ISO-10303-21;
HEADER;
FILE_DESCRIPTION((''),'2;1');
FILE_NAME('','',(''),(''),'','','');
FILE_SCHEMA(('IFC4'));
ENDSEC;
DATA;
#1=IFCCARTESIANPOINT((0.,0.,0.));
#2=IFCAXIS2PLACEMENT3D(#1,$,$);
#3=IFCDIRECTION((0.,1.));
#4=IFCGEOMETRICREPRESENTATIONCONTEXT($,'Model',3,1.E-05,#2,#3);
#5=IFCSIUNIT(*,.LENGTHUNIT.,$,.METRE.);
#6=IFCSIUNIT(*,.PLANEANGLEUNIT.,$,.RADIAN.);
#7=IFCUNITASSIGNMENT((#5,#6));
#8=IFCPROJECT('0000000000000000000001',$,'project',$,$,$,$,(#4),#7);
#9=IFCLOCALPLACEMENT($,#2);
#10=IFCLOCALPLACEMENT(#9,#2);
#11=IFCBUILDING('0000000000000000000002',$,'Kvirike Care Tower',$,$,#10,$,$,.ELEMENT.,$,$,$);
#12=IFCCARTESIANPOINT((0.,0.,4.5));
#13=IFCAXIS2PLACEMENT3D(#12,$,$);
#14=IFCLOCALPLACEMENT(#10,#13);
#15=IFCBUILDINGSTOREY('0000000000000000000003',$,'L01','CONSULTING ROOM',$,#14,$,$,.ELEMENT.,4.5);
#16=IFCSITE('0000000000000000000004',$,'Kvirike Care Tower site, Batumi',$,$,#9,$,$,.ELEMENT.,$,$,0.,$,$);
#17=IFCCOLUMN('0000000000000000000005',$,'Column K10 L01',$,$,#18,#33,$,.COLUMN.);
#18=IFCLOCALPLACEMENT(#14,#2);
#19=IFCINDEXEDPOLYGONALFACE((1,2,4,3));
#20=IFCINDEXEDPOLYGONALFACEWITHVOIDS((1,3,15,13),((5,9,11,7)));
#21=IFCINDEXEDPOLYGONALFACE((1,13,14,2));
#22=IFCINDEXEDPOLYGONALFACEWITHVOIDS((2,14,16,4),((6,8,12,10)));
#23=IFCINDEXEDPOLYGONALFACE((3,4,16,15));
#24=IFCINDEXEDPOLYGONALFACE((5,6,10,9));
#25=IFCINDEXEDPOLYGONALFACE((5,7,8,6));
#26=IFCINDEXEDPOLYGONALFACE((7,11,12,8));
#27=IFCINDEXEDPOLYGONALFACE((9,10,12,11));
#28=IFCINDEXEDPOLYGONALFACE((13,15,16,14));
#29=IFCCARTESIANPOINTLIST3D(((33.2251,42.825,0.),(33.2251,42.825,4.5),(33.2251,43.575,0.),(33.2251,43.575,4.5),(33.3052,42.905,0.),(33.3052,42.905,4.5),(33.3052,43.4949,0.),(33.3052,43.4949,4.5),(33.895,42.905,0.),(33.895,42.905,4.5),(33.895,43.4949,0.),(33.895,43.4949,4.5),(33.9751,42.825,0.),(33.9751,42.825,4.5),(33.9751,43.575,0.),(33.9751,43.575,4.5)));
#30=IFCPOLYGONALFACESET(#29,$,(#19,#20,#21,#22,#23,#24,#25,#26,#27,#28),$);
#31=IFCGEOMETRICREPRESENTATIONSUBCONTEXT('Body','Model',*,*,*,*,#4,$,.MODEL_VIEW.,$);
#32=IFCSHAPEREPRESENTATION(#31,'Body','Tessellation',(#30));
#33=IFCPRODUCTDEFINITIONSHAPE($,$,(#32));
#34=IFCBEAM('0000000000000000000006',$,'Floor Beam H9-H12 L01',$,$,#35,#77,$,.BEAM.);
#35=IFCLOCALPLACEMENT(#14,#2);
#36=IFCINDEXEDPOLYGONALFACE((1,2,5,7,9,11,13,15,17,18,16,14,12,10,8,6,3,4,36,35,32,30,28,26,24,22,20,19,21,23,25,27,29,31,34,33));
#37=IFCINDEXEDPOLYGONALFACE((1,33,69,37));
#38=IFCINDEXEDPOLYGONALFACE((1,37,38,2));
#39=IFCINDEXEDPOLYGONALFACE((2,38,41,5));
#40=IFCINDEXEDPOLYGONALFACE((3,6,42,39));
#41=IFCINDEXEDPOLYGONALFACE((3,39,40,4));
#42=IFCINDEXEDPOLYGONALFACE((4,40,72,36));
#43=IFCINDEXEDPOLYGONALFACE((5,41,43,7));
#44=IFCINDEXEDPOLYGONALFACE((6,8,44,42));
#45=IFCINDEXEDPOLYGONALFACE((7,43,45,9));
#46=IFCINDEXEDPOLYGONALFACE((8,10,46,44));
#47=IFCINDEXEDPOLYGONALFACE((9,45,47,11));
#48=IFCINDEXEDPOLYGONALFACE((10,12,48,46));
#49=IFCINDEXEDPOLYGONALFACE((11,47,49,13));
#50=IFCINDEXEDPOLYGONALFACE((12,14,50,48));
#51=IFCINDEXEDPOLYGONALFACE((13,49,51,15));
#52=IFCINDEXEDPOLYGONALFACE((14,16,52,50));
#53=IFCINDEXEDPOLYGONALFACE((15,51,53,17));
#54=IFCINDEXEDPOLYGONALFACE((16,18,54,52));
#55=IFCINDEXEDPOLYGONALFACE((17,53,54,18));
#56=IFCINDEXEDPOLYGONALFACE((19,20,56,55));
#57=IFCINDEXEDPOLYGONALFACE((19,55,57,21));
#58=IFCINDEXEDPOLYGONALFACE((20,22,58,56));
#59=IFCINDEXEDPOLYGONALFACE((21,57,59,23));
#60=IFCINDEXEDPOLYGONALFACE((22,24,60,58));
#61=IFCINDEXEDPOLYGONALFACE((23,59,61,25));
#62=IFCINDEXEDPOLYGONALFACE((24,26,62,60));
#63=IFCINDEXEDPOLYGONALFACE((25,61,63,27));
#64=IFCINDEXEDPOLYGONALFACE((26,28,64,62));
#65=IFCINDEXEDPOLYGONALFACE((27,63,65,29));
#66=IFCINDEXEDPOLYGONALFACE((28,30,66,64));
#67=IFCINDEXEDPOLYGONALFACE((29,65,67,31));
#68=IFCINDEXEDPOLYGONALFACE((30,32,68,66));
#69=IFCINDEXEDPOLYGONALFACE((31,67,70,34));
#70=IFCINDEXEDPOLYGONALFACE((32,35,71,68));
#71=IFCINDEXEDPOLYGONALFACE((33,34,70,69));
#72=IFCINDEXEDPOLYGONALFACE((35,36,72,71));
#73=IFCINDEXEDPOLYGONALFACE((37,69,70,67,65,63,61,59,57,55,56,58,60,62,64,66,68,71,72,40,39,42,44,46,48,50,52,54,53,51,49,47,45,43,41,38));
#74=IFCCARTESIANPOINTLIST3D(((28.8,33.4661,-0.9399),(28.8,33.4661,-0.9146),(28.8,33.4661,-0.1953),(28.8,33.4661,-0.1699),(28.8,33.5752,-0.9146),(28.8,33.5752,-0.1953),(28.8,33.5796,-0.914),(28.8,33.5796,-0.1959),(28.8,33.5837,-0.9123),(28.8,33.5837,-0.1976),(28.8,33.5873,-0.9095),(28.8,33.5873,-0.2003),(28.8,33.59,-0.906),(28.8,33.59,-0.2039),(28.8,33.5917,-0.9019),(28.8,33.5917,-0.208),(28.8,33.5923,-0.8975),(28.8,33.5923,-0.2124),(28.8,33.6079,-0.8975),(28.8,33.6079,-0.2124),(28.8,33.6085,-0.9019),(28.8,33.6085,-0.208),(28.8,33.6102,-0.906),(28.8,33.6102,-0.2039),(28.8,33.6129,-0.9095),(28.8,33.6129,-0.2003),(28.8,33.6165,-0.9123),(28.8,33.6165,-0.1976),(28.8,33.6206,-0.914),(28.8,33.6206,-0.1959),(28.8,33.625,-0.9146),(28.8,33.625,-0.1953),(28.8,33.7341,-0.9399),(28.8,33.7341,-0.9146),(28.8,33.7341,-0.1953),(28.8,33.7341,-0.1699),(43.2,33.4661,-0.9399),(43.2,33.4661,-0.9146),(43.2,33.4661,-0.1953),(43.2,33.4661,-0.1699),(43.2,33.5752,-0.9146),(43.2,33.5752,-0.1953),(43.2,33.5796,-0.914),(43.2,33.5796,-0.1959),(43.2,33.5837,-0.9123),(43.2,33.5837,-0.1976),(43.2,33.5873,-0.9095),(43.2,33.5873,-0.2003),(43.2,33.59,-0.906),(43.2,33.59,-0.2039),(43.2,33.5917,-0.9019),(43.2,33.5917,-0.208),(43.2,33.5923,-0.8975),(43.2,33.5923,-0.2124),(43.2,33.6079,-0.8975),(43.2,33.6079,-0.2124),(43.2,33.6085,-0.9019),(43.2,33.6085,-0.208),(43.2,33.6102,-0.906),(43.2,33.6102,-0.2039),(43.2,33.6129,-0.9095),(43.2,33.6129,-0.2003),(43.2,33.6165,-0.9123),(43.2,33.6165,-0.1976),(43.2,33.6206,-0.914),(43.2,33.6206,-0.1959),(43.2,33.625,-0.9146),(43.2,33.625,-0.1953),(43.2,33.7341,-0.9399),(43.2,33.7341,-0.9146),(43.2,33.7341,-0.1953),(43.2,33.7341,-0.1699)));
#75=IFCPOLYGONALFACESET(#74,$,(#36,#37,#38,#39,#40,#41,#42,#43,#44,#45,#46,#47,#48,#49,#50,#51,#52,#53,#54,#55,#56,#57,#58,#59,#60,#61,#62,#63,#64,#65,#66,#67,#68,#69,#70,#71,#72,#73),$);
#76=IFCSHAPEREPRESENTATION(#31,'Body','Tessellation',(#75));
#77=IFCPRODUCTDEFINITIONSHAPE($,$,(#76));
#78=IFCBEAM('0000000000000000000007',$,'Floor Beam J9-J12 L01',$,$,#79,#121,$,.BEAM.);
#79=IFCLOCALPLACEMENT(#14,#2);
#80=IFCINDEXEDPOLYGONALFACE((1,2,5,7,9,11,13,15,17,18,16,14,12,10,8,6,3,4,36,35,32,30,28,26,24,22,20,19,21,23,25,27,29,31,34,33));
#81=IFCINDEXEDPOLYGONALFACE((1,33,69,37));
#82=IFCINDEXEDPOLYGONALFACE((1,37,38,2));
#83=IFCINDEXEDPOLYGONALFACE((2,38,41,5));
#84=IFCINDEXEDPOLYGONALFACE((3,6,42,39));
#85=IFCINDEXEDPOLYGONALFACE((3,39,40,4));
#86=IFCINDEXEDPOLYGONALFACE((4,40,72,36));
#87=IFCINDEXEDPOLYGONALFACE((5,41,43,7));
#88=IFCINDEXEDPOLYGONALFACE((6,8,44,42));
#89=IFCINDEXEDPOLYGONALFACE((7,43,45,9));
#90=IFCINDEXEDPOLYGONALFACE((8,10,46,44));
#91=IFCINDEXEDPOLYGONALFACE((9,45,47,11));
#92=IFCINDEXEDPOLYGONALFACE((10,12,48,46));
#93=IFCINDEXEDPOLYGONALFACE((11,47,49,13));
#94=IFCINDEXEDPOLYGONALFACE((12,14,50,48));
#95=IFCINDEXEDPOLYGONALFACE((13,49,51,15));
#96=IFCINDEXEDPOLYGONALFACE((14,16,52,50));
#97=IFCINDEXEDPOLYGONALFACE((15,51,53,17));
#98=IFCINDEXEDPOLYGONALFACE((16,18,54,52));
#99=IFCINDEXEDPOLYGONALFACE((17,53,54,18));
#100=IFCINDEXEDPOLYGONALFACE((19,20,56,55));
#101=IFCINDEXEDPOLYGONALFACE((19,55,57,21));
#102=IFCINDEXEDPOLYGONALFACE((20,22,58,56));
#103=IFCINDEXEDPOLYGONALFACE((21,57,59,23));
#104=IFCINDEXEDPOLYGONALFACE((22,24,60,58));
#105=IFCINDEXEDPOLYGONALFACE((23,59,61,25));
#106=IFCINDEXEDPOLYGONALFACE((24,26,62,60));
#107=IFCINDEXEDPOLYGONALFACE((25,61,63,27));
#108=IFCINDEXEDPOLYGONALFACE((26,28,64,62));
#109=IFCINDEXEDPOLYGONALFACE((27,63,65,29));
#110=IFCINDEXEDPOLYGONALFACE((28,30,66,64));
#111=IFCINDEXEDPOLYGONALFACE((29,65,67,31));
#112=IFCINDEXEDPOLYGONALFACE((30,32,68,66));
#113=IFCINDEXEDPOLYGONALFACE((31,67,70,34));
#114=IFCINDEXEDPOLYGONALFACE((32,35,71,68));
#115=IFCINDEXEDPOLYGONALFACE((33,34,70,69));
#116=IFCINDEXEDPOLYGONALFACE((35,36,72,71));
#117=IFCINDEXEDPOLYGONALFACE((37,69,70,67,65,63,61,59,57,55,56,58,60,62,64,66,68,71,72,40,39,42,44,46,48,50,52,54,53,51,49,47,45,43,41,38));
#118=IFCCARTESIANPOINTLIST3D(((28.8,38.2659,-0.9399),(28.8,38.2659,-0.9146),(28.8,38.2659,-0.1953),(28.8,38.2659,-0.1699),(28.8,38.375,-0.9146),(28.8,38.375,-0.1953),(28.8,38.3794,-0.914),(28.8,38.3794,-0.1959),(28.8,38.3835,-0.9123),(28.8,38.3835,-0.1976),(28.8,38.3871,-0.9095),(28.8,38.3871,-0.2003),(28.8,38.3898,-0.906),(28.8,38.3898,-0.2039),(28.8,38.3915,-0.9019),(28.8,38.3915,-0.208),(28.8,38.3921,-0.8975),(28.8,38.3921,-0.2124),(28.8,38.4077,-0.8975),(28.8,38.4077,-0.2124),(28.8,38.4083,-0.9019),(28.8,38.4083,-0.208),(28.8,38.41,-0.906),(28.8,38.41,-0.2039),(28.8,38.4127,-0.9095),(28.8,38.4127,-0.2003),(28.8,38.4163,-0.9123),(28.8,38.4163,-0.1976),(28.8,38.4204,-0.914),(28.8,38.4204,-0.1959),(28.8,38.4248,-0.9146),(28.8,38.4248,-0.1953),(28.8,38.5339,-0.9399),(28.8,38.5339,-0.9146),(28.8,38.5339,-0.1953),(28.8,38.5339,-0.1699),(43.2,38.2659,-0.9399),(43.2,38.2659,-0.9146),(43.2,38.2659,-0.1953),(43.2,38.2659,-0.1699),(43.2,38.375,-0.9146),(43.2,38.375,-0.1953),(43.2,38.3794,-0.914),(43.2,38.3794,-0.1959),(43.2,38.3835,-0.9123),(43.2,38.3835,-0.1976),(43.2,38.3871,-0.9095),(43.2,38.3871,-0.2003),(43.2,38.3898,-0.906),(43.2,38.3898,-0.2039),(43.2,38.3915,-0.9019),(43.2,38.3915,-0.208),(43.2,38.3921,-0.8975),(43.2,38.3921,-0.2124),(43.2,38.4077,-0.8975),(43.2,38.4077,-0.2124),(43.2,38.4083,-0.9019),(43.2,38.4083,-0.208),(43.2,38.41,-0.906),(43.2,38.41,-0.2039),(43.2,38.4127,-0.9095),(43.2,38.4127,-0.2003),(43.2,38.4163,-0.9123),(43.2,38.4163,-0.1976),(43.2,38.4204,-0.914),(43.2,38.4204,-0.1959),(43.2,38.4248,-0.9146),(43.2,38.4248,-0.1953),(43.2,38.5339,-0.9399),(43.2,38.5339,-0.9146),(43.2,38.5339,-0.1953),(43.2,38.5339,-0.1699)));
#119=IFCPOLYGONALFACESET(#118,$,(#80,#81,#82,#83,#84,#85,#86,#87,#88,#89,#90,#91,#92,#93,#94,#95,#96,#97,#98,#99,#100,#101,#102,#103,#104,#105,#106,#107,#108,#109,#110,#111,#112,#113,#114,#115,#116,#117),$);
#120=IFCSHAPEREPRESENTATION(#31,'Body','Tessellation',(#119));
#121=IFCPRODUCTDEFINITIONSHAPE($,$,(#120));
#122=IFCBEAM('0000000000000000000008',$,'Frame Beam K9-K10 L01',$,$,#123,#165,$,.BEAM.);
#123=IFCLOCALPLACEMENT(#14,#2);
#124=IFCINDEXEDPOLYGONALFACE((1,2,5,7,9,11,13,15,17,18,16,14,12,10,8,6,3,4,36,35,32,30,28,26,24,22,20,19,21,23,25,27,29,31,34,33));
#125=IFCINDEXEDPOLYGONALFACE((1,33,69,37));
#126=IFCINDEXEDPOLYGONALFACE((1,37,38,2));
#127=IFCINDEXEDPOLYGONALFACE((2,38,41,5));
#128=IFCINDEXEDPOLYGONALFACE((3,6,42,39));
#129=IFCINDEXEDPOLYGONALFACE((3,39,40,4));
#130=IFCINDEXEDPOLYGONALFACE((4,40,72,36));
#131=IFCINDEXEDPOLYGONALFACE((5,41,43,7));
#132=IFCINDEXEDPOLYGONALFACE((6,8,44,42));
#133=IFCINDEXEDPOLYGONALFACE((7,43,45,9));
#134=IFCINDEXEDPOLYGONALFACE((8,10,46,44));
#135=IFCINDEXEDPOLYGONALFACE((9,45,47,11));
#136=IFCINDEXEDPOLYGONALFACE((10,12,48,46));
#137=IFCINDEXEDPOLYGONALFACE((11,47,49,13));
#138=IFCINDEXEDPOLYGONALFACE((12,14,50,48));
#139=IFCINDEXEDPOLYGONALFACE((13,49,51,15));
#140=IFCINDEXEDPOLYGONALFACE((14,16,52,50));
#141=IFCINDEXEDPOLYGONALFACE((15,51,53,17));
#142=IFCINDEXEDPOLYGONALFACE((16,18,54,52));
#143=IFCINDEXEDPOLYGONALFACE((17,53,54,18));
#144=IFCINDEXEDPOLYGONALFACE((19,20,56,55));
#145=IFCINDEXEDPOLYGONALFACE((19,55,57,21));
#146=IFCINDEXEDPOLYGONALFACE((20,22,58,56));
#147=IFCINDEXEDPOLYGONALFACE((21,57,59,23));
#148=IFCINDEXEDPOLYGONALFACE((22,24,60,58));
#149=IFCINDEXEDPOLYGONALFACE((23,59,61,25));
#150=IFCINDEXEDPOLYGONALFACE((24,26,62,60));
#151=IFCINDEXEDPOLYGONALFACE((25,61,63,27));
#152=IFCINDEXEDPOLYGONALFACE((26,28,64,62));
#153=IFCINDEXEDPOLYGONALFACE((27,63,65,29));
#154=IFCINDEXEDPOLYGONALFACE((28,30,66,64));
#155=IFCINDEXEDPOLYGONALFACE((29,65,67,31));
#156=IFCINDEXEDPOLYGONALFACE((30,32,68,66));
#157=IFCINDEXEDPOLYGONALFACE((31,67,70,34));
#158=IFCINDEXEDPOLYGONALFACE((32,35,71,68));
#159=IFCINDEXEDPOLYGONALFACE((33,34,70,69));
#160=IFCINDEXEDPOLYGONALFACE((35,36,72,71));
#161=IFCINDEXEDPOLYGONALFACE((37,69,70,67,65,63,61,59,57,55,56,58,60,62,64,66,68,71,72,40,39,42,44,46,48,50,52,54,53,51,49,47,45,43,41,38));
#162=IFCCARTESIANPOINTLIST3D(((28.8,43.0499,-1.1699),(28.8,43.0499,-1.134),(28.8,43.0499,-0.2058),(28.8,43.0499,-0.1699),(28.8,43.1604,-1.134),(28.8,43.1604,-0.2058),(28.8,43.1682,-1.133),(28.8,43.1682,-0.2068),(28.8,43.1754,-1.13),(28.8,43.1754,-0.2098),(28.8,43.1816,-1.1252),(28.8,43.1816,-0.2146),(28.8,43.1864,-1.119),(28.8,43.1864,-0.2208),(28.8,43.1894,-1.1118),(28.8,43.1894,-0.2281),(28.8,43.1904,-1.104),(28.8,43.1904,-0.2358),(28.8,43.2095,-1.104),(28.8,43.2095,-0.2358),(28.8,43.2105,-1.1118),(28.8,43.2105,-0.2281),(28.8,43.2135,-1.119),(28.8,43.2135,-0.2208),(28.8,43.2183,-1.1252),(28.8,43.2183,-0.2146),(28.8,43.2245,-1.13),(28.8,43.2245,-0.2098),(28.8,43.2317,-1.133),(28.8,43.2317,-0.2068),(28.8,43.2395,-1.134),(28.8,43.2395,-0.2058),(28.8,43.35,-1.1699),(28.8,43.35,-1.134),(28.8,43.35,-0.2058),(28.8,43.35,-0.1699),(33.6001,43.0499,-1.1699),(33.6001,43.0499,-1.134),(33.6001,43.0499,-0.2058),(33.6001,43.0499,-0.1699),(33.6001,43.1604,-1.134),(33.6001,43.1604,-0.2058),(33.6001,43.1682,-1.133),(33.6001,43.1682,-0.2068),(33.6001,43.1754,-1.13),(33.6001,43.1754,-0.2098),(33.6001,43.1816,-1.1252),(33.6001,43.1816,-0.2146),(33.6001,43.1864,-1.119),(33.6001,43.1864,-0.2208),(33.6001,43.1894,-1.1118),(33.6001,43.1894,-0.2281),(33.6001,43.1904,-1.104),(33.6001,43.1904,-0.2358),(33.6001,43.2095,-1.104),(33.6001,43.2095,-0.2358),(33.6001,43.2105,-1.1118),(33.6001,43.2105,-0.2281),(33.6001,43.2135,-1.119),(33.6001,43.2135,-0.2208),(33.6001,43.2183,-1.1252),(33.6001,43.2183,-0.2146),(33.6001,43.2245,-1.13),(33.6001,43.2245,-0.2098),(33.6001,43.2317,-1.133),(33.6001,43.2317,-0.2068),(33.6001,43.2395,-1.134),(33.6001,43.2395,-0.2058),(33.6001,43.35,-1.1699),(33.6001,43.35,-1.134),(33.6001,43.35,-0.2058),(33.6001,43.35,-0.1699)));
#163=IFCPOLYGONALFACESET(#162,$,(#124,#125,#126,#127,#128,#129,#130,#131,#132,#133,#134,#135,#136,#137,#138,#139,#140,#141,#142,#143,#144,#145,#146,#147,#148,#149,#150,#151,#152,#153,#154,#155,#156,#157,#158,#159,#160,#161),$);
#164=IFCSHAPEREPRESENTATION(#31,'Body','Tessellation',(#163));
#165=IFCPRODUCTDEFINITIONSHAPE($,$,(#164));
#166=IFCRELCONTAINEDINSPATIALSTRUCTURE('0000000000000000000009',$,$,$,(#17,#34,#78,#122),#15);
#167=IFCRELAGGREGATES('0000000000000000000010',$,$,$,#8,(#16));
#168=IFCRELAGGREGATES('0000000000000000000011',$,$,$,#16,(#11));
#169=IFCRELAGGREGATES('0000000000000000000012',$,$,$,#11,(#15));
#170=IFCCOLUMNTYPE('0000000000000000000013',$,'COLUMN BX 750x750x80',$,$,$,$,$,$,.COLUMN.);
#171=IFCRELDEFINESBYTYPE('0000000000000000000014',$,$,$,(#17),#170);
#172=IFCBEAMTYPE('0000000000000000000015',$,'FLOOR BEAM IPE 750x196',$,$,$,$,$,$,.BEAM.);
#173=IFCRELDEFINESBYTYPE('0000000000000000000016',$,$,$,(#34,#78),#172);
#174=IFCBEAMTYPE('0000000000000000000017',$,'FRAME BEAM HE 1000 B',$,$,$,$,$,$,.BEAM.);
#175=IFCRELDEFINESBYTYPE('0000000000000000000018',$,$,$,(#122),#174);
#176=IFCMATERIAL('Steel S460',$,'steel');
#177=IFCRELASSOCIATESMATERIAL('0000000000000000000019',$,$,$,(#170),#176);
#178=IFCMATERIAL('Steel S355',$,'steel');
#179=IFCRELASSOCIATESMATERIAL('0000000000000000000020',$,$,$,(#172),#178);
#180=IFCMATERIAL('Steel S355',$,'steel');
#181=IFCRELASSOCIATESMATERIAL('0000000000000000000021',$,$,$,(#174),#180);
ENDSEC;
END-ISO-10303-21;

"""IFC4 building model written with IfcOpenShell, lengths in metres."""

from ifc_helpers import new_model, si_unit, direction, frame, origin, origin_2d, place, context, subcontext, project, spatial, hollow_rectangle, i_section, extrude, material, material_profile, profile_set, type_object, element, save


model = new_model("IFC4")

# Units and contexts
model_context = context("Model", 3, precision=1e-05, world=origin(), true_north=direction((0.0, 1.0)))
body_context = subcontext(model_context, "Body", "Model", "MODEL_VIEW")
ifc_project = project(units=[si_unit("LENGTHUNIT", "METRE"), si_unit("PLANEANGLEUNIT", "RADIAN")], contexts=[model_context])

# Site, building, storey
site_placement = place(None, origin())
site = spatial("IfcSite", under=ifc_project, at=site_placement, Name="Kvirike Care Tower site, Batumi", CompositionType="ELEMENT", RefElevation=0.0)
building_placement = place(site_placement, origin())
building = spatial("IfcBuilding", under=site, at=building_placement, Name="Kvirike Care Tower", CompositionType="ELEMENT")
storey_placement = place(building_placement, frame((0.0, 0.0, 4.5)))
storey = spatial("IfcBuildingStorey", under=building, at=storey_placement, Name="L01", Description="CONSULTING ROOM", CompositionType="ELEMENT", Elevation=4.5)

# Column
ifc_material_1 = material(Name="Steel S460", Category="steel")
ifc_material_profile_1 = material_profile(ifc_material_1, hollow_rectangle(XDim=0.75, YDim=0.75, WallThickness=0.0801, at=origin_2d()), Name="BX 750x750x80")
ifc_profile_set_1 = profile_set([ifc_material_profile_1], Name="Steel S460")
column_type = type_object("IfcColumnType", Name="COLUMN BX 750x750x80", PredefinedType="COLUMN", material=ifc_profile_set_1)
column_placement = place(storey_placement, frame((33.6001, 43.2, 0.0), z_axis=(0.0, 0.0, 1.0), x_axis=(0.0, 1.0, 0.0)))
element("IfcColumn", 1, at=column_placement, inside=storey, type_object=column_type, Name="Column K10 L01", PredefinedType="COLUMN", context=body_context, shape_type="SweptSolid", body=[
    extrude(hollow_rectangle(XDim=0.75, YDim=0.75, WallThickness=0.0801, at=origin_2d()), origin(), (0.0, 0.0, 1.0), 4.5),
])

# Beams
ifc_material_2 = material(Name="Steel S355", Category="steel")
ifc_material_profile_2 = material_profile(ifc_material_2, i_section(OverallWidth=0.2681, OverallDepth=0.77, WebThickness=0.0156, FlangeThickness=0.0254, FilletRadius=0.0171, at=origin_2d()), Name="IPE 750x196")
ifc_profile_set_2 = profile_set([ifc_material_profile_2], Name="Steel S355")
beam_type_1 = type_object("IfcBeamType", Name="FLOOR BEAM IPE 750x196", PredefinedType="BEAM", material=ifc_profile_set_2)
for number, where, z_axis, x_axis, name in (
    (2, (28.8, 33.6001, -0.5549), (1.0, 0.0, 0.0), (0.0, 1.0, 0.0), "Floor Beam H9-H12 L01"),
    (3, (28.8, 38.3999, -0.5549), (1.0, 0.0, 0.0), (0.0, 1.0, 0.0), "Floor Beam J9-J12 L01"),
):
    element("IfcBeam", number, at=place(storey_placement, frame(where, z_axis=z_axis, x_axis=x_axis)), inside=storey, type_object=beam_type_1, Name=name, PredefinedType="BEAM", context=body_context, shape_type="SweptSolid", body=[
        extrude(i_section(OverallWidth=0.2681, OverallDepth=0.77, WebThickness=0.0156, FlangeThickness=0.0254, FilletRadius=0.0171, at=origin_2d()), origin(), (0.0, 0.0, 1.0), 14.3999),
    ])
ifc_material_3 = material(Name="Steel S355", Category="steel")
ifc_material_profile_3 = material_profile(ifc_material_3, i_section(OverallWidth=0.3, OverallDepth=1.0, WebThickness=0.019, FlangeThickness=0.0359, FilletRadius=0.03, at=origin_2d()), Name="HE 1000 B")
ifc_profile_set_3 = profile_set([ifc_material_profile_3], Name="Steel S355")
beam_type_2 = type_object("IfcBeamType", Name="FRAME BEAM HE 1000 B", PredefinedType="BEAM", material=ifc_profile_set_3)
for number, where, z_axis, x_axis, name in (
    (4, (28.8, 43.2, -0.6699), (1.0, 0.0, 0.0), (0.0, 1.0, 0.0), "Frame Beam K9-K10 L01"),
):
    element("IfcBeam", number, at=place(storey_placement, frame(where, z_axis=z_axis, x_axis=x_axis)), inside=storey, type_object=beam_type_2, Name=name, PredefinedType="BEAM", context=body_context, shape_type="SweptSolid", body=[
        extrude(i_section(OverallWidth=0.3, OverallDepth=1.0, WebThickness=0.019, FlangeThickness=0.0359, FilletRadius=0.03, at=origin_2d()), origin(), (0.0, 0.0, 1.0), 4.8),
    ])

save(model, "model.ifc")
